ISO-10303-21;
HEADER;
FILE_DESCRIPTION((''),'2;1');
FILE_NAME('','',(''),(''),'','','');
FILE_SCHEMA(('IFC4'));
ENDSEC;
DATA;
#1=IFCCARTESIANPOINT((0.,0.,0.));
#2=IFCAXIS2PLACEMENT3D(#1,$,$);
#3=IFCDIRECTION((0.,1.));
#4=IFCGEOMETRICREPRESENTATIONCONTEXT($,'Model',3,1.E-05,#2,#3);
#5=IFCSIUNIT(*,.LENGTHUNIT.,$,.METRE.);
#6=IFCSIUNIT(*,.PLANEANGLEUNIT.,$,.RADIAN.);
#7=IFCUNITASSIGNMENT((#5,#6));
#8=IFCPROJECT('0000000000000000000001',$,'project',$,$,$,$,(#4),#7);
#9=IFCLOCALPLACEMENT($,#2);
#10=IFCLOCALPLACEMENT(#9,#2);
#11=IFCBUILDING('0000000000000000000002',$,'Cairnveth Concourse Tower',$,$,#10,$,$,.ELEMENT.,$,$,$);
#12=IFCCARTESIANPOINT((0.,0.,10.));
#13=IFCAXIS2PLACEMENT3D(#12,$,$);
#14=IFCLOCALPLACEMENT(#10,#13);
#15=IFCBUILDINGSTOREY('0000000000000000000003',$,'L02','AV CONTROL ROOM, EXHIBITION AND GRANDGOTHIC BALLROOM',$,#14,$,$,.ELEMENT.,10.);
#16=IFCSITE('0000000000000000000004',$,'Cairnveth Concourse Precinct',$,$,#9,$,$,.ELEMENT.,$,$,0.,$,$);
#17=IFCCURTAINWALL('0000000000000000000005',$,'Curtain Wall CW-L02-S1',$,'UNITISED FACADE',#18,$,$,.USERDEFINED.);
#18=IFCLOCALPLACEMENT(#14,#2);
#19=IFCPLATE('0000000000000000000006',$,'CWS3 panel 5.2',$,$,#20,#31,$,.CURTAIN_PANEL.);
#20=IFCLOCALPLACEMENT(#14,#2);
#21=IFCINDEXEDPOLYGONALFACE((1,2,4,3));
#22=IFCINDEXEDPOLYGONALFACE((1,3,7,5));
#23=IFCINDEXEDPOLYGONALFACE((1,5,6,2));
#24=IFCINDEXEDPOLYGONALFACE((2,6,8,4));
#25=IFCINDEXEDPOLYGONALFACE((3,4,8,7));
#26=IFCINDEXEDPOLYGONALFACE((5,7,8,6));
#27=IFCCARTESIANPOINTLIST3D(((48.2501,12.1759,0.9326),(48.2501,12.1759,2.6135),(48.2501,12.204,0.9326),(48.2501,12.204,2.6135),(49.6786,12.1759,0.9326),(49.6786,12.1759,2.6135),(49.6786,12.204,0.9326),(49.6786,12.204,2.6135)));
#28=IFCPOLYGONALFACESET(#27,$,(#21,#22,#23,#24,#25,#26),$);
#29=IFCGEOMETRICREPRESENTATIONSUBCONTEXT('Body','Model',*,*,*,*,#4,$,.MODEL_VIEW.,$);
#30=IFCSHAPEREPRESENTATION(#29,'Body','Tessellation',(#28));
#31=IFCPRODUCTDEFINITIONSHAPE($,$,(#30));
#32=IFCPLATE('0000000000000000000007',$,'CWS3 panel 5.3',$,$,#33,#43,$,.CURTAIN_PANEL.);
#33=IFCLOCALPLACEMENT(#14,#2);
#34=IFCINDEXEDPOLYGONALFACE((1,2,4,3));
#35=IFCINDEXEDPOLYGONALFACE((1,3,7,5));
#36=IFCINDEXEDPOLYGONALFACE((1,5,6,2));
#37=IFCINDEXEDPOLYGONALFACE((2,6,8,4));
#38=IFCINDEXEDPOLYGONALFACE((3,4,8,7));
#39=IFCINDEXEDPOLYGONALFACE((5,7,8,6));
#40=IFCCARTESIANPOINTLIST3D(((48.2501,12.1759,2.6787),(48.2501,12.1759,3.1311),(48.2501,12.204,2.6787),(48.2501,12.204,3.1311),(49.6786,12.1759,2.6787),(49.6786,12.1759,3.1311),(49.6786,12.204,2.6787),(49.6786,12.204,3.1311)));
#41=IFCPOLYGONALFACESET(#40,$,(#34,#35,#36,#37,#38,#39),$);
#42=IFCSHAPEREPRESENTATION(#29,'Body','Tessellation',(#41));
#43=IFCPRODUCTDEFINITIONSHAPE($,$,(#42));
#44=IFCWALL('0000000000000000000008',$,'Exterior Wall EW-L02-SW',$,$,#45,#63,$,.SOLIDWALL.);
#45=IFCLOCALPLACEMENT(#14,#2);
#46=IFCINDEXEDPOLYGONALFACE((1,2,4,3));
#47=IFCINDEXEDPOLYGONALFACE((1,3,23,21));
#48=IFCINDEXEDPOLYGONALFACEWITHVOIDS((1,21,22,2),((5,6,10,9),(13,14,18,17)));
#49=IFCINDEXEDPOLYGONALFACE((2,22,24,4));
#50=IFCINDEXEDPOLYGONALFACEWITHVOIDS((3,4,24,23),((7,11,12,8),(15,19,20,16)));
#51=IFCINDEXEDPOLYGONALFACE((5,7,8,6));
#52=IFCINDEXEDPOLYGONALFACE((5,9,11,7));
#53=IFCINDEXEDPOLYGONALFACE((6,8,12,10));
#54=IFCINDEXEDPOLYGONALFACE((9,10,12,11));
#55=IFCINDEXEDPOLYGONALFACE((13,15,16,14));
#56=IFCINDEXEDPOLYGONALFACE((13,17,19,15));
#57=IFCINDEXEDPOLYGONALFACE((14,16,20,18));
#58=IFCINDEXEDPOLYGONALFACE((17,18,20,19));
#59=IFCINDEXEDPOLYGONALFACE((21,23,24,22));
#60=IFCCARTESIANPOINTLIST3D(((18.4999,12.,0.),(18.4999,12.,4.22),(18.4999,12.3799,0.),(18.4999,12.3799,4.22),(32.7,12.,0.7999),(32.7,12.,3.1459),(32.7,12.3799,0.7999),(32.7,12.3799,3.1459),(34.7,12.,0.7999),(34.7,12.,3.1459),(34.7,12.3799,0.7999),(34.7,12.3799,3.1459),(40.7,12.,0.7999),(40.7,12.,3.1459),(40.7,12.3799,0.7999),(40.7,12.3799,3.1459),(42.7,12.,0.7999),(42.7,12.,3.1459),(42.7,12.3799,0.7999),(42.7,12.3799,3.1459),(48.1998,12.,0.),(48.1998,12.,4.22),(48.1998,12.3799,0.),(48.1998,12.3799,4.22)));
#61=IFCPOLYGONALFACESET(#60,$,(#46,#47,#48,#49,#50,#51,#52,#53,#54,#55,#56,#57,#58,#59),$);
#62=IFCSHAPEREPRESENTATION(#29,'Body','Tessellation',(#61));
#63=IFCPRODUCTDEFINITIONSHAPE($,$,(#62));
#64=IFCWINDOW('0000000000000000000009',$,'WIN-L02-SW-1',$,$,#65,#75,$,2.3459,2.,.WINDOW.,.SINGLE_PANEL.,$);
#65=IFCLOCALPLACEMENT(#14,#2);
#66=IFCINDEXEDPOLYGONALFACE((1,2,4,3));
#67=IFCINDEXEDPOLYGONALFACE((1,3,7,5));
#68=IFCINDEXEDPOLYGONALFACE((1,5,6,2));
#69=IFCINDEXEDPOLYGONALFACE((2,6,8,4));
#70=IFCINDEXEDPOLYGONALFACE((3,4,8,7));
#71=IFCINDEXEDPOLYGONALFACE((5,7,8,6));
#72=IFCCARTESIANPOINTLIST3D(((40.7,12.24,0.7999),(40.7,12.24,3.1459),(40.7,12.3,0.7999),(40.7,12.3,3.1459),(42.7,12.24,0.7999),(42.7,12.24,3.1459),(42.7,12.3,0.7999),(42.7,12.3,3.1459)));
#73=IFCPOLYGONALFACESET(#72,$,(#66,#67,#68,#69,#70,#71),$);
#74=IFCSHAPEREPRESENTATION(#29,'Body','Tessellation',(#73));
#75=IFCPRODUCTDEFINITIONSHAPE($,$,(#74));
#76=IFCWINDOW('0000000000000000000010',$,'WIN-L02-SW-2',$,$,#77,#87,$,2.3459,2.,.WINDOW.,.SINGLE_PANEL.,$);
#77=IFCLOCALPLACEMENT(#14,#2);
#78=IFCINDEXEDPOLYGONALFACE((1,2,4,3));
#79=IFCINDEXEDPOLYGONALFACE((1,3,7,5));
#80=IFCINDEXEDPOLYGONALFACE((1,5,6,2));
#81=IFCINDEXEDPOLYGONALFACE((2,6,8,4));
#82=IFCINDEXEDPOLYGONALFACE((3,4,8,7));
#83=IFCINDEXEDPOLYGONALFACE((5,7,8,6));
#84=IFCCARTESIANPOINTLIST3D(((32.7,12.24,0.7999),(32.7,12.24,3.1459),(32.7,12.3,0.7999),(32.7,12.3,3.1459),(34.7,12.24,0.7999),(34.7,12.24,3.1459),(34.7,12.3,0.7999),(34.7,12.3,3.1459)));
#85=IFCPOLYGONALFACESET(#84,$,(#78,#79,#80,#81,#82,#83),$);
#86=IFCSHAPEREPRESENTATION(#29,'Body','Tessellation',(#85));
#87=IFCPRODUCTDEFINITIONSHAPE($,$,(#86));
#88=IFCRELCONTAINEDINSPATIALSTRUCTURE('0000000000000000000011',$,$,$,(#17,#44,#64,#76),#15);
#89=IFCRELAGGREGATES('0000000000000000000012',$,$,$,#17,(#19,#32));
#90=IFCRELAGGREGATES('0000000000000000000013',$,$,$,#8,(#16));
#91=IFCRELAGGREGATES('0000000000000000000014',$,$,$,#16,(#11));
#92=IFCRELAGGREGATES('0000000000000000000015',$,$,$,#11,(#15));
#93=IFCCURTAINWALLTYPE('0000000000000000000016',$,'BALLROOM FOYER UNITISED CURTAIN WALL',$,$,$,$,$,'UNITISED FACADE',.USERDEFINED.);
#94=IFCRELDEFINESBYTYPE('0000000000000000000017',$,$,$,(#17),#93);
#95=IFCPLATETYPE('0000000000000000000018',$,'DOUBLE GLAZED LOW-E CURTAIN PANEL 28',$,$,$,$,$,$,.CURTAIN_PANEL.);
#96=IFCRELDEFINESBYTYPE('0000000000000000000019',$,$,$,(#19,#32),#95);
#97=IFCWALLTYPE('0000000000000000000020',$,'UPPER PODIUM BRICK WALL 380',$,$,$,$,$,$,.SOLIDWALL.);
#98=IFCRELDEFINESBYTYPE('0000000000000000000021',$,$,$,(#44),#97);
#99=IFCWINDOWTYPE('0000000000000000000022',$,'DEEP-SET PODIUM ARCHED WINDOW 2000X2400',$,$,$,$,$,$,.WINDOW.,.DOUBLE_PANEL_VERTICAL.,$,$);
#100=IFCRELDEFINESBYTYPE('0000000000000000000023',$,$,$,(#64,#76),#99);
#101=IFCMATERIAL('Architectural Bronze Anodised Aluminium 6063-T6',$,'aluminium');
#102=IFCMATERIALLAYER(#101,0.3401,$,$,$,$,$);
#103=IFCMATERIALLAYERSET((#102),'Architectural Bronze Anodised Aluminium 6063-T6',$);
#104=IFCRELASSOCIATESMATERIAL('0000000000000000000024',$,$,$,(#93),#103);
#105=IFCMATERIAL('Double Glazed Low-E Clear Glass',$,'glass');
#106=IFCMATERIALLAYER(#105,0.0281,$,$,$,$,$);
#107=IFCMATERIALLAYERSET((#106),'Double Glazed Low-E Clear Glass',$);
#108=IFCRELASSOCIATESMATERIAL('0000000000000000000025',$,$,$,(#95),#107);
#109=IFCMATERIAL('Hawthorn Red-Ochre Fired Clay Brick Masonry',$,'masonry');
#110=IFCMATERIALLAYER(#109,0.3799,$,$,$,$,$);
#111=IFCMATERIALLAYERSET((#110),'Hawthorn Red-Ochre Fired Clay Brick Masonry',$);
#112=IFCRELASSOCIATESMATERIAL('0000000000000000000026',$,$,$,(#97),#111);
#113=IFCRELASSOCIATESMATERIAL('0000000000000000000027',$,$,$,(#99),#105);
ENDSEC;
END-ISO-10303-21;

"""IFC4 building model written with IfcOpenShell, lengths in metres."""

from ifc_helpers import new_model, si_unit, direction, frame, frame_2d, origin, origin_2d, place, context, subcontext, project, spatial, rectangle, extrude, material, layer, layer_set, type_object, element, fill, aggregate, save


model = new_model("IFC4")

# Units and contexts
model_context = context("Model", 3, precision=1e-05, world=origin(), true_north=direction((0.0, 1.0)))
body_context = subcontext(model_context, "Body", "Model", "MODEL_VIEW")
ifc_project = project(units=[si_unit("LENGTHUNIT", "METRE"), si_unit("PLANEANGLEUNIT", "RADIAN")], contexts=[model_context])

# Site, building, storey
site_placement = place(None, origin())
site = spatial("IfcSite", under=ifc_project, at=site_placement, Name="Cairnveth Concourse Precinct", CompositionType="ELEMENT", RefElevation=0.0)
building_placement = place(site_placement, origin())
building = spatial("IfcBuilding", under=site, at=building_placement, Name="Cairnveth Concourse Tower", CompositionType="ELEMENT")
storey_placement = place(building_placement, frame((0.0, 0.0, 10.0)))
storey = spatial("IfcBuildingStorey", under=building, at=storey_placement, Name="L02", Description="AV CONTROL ROOM, EXHIBITION AND GRANDGOTHIC BALLROOM", CompositionType="ELEMENT", Elevation=10.0)

# Curtain wall, plates
ifc_material_1 = material(Name="Architectural Bronze Anodised Aluminium 6063-T6", Category="aluminium")
ifc_layer_1 = layer(ifc_material_1, 0.3401)
ifc_layer_set_1 = layer_set([ifc_layer_1], Name="Architectural Bronze Anodised Aluminium 6063-T6")
curtain_wall_type = type_object("IfcCurtainWallType", Name="BALLROOM FOYER UNITISED CURTAIN WALL", ElementType="UNITISED FACADE", PredefinedType="USERDEFINED", material=ifc_layer_set_1)
curtain_wall_placement = place(storey_placement, origin())
curtain_wall = element("IfcCurtainWall", 1, at=curtain_wall_placement, inside=storey, type_object=curtain_wall_type, Name="Curtain Wall CW-L02-S1", ObjectType="UNITISED FACADE", PredefinedType="USERDEFINED")
ifc_material_2 = material(Name="Double Glazed Low-E Clear Glass", Category="glass")
ifc_layer_2 = layer(ifc_material_2, 0.0281)
ifc_layer_set_2 = layer_set([ifc_layer_2], Name="Double Glazed Low-E Clear Glass")
plate_type = type_object("IfcPlateType", Name="DOUBLE GLAZED LOW-E CURTAIN PANEL 28", PredefinedType="CURTAIN_PANEL", material=ifc_layer_set_2)
plate_1_placement = place(storey_placement, frame((48.9644, 12.1899, 0.9326), z_axis=(0.0, 0.0, 1.0), x_axis=(-1.0, 0.0, 0.0)))
plate_1 = element("IfcPlate", 2, at=plate_1_placement, type_object=plate_type, Name="CWS3 panel 5.2", PredefinedType="CURTAIN_PANEL", context=body_context, shape_type="SweptSolid", body=[
    extrude(rectangle(XDim=1.4285, YDim=0.0281, at=origin_2d()), origin(), (0.0, 0.0, 1.0), 1.6809),
])
plate_2_placement = place(storey_placement, frame((48.9644, 12.1899, 2.6787), z_axis=(0.0, 0.0, 1.0), x_axis=(-1.0, 0.0, 0.0)))
plate_2 = element("IfcPlate", 3, at=plate_2_placement, type_object=plate_type, Name="CWS3 panel 5.3", PredefinedType="CURTAIN_PANEL", context=body_context, shape_type="SweptSolid", body=[
    extrude(rectangle(XDim=1.4285, YDim=0.0281, at=origin_2d()), origin(), (0.0, 0.0, 1.0), 0.4524),
])
aggregate(curtain_wall, [plate_1, plate_2])

# Wall, openings, windows
ifc_material_3 = material(Name="Hawthorn Red-Ochre Fired Clay Brick Masonry", Category="masonry")
ifc_layer_3 = layer(ifc_material_3, 0.3799)
ifc_layer_set_3 = layer_set([ifc_layer_3], Name="Hawthorn Red-Ochre Fired Clay Brick Masonry")
wall_type = type_object("IfcWallType", Name="UPPER PODIUM BRICK WALL 380", PredefinedType="SOLIDWALL", material=ifc_layer_set_3)
wall_placement = place(storey_placement, frame((48.2, 12.1899, 0.0), z_axis=(0.0, 0.0, 1.0), x_axis=(-1.0, 0.0, 0.0)))
wall = element("IfcWall", 4, at=wall_placement, inside=storey, type_object=wall_type, Name="Exterior Wall EW-L02-SW", PredefinedType="SOLIDWALL", context=body_context, shape_type="SweptSolid", body=[
    extrude(rectangle(XDim=29.7, YDim=0.3799, at=frame_2d((14.8501, 0.0))), origin(), (0.0, 0.0, 1.0), 4.22),
])
opening_1_placement = place(wall_placement, frame((5.5, 0.0, 0.8)))
opening_1 = element("IfcOpeningElement", 5, at=opening_1_placement, cuts=wall, PredefinedType="OPENING", context=body_context, shape_type="SweptSolid", body=[
    extrude(rectangle(XDim=2.0, YDim=2.3459, at=frame_2d((1.0, 1.1729))), frame((0.0, 0.2, 0.0), z_axis=(0.0, -1.0, 0.0), x_axis=(1.0, 0.0, 0.0)), (0.0, 0.0, 1.0), 0.3999),
])
opening_2_placement = place(wall_placement, frame((13.5, 0.0, 0.8)))
opening_2 = element("IfcOpeningElement", 6, at=opening_2_placement, cuts=wall, PredefinedType="OPENING", context=body_context, shape_type="SweptSolid", body=[
    extrude(rectangle(XDim=2.0, YDim=2.3459, at=frame_2d((1.0, 1.1729))), frame((0.0, 0.2, 0.0), z_axis=(0.0, -1.0, 0.0), x_axis=(1.0, 0.0, 0.0)), (0.0, 0.0, 1.0), 0.3999),
])
window_type = type_object("IfcWindowType", Name="DEEP-SET PODIUM ARCHED WINDOW 2000X2400", PartitioningType="DOUBLE_PANEL_VERTICAL", PredefinedType="WINDOW", material=ifc_material_2)
window_1_placement = place(opening_1_placement, origin())
window_1 = element("IfcWindow", 7, at=window_1_placement, inside=storey, type_object=window_type, Name="WIN-L02-SW-1", OverallHeight=2.3459, OverallWidth=2.0, PartitioningType="SINGLE_PANEL", PredefinedType="WINDOW", context=body_context, shape_type="SweptSolid", body=[
    extrude(rectangle(XDim=2.0, YDim=2.3459, at=frame_2d((1.0, 1.1729))), frame((0.0, -0.05, 0.0), z_axis=(0.0, -1.0, 0.0), x_axis=(1.0, 0.0, 0.0)), (0.0, 0.0, 1.0), 0.0601),
])
fill(opening_1, window_1)
window_2_placement = place(opening_2_placement, origin())
window_2 = element("IfcWindow", 8, at=window_2_placement, inside=storey, type_object=window_type, Name="WIN-L02-SW-2", OverallHeight=2.3459, OverallWidth=2.0, PartitioningType="SINGLE_PANEL", PredefinedType="WINDOW", context=body_context, shape_type="SweptSolid", body=[
    extrude(rectangle(XDim=2.0, YDim=2.3459, at=frame_2d((1.0, 1.1729))), frame((0.0, -0.05, 0.0), z_axis=(0.0, -1.0, 0.0), x_axis=(1.0, 0.0, 0.0)), (0.0, 0.0, 1.0), 0.0601),
])
fill(opening_2, window_2)

save(model, "model.ifc")
